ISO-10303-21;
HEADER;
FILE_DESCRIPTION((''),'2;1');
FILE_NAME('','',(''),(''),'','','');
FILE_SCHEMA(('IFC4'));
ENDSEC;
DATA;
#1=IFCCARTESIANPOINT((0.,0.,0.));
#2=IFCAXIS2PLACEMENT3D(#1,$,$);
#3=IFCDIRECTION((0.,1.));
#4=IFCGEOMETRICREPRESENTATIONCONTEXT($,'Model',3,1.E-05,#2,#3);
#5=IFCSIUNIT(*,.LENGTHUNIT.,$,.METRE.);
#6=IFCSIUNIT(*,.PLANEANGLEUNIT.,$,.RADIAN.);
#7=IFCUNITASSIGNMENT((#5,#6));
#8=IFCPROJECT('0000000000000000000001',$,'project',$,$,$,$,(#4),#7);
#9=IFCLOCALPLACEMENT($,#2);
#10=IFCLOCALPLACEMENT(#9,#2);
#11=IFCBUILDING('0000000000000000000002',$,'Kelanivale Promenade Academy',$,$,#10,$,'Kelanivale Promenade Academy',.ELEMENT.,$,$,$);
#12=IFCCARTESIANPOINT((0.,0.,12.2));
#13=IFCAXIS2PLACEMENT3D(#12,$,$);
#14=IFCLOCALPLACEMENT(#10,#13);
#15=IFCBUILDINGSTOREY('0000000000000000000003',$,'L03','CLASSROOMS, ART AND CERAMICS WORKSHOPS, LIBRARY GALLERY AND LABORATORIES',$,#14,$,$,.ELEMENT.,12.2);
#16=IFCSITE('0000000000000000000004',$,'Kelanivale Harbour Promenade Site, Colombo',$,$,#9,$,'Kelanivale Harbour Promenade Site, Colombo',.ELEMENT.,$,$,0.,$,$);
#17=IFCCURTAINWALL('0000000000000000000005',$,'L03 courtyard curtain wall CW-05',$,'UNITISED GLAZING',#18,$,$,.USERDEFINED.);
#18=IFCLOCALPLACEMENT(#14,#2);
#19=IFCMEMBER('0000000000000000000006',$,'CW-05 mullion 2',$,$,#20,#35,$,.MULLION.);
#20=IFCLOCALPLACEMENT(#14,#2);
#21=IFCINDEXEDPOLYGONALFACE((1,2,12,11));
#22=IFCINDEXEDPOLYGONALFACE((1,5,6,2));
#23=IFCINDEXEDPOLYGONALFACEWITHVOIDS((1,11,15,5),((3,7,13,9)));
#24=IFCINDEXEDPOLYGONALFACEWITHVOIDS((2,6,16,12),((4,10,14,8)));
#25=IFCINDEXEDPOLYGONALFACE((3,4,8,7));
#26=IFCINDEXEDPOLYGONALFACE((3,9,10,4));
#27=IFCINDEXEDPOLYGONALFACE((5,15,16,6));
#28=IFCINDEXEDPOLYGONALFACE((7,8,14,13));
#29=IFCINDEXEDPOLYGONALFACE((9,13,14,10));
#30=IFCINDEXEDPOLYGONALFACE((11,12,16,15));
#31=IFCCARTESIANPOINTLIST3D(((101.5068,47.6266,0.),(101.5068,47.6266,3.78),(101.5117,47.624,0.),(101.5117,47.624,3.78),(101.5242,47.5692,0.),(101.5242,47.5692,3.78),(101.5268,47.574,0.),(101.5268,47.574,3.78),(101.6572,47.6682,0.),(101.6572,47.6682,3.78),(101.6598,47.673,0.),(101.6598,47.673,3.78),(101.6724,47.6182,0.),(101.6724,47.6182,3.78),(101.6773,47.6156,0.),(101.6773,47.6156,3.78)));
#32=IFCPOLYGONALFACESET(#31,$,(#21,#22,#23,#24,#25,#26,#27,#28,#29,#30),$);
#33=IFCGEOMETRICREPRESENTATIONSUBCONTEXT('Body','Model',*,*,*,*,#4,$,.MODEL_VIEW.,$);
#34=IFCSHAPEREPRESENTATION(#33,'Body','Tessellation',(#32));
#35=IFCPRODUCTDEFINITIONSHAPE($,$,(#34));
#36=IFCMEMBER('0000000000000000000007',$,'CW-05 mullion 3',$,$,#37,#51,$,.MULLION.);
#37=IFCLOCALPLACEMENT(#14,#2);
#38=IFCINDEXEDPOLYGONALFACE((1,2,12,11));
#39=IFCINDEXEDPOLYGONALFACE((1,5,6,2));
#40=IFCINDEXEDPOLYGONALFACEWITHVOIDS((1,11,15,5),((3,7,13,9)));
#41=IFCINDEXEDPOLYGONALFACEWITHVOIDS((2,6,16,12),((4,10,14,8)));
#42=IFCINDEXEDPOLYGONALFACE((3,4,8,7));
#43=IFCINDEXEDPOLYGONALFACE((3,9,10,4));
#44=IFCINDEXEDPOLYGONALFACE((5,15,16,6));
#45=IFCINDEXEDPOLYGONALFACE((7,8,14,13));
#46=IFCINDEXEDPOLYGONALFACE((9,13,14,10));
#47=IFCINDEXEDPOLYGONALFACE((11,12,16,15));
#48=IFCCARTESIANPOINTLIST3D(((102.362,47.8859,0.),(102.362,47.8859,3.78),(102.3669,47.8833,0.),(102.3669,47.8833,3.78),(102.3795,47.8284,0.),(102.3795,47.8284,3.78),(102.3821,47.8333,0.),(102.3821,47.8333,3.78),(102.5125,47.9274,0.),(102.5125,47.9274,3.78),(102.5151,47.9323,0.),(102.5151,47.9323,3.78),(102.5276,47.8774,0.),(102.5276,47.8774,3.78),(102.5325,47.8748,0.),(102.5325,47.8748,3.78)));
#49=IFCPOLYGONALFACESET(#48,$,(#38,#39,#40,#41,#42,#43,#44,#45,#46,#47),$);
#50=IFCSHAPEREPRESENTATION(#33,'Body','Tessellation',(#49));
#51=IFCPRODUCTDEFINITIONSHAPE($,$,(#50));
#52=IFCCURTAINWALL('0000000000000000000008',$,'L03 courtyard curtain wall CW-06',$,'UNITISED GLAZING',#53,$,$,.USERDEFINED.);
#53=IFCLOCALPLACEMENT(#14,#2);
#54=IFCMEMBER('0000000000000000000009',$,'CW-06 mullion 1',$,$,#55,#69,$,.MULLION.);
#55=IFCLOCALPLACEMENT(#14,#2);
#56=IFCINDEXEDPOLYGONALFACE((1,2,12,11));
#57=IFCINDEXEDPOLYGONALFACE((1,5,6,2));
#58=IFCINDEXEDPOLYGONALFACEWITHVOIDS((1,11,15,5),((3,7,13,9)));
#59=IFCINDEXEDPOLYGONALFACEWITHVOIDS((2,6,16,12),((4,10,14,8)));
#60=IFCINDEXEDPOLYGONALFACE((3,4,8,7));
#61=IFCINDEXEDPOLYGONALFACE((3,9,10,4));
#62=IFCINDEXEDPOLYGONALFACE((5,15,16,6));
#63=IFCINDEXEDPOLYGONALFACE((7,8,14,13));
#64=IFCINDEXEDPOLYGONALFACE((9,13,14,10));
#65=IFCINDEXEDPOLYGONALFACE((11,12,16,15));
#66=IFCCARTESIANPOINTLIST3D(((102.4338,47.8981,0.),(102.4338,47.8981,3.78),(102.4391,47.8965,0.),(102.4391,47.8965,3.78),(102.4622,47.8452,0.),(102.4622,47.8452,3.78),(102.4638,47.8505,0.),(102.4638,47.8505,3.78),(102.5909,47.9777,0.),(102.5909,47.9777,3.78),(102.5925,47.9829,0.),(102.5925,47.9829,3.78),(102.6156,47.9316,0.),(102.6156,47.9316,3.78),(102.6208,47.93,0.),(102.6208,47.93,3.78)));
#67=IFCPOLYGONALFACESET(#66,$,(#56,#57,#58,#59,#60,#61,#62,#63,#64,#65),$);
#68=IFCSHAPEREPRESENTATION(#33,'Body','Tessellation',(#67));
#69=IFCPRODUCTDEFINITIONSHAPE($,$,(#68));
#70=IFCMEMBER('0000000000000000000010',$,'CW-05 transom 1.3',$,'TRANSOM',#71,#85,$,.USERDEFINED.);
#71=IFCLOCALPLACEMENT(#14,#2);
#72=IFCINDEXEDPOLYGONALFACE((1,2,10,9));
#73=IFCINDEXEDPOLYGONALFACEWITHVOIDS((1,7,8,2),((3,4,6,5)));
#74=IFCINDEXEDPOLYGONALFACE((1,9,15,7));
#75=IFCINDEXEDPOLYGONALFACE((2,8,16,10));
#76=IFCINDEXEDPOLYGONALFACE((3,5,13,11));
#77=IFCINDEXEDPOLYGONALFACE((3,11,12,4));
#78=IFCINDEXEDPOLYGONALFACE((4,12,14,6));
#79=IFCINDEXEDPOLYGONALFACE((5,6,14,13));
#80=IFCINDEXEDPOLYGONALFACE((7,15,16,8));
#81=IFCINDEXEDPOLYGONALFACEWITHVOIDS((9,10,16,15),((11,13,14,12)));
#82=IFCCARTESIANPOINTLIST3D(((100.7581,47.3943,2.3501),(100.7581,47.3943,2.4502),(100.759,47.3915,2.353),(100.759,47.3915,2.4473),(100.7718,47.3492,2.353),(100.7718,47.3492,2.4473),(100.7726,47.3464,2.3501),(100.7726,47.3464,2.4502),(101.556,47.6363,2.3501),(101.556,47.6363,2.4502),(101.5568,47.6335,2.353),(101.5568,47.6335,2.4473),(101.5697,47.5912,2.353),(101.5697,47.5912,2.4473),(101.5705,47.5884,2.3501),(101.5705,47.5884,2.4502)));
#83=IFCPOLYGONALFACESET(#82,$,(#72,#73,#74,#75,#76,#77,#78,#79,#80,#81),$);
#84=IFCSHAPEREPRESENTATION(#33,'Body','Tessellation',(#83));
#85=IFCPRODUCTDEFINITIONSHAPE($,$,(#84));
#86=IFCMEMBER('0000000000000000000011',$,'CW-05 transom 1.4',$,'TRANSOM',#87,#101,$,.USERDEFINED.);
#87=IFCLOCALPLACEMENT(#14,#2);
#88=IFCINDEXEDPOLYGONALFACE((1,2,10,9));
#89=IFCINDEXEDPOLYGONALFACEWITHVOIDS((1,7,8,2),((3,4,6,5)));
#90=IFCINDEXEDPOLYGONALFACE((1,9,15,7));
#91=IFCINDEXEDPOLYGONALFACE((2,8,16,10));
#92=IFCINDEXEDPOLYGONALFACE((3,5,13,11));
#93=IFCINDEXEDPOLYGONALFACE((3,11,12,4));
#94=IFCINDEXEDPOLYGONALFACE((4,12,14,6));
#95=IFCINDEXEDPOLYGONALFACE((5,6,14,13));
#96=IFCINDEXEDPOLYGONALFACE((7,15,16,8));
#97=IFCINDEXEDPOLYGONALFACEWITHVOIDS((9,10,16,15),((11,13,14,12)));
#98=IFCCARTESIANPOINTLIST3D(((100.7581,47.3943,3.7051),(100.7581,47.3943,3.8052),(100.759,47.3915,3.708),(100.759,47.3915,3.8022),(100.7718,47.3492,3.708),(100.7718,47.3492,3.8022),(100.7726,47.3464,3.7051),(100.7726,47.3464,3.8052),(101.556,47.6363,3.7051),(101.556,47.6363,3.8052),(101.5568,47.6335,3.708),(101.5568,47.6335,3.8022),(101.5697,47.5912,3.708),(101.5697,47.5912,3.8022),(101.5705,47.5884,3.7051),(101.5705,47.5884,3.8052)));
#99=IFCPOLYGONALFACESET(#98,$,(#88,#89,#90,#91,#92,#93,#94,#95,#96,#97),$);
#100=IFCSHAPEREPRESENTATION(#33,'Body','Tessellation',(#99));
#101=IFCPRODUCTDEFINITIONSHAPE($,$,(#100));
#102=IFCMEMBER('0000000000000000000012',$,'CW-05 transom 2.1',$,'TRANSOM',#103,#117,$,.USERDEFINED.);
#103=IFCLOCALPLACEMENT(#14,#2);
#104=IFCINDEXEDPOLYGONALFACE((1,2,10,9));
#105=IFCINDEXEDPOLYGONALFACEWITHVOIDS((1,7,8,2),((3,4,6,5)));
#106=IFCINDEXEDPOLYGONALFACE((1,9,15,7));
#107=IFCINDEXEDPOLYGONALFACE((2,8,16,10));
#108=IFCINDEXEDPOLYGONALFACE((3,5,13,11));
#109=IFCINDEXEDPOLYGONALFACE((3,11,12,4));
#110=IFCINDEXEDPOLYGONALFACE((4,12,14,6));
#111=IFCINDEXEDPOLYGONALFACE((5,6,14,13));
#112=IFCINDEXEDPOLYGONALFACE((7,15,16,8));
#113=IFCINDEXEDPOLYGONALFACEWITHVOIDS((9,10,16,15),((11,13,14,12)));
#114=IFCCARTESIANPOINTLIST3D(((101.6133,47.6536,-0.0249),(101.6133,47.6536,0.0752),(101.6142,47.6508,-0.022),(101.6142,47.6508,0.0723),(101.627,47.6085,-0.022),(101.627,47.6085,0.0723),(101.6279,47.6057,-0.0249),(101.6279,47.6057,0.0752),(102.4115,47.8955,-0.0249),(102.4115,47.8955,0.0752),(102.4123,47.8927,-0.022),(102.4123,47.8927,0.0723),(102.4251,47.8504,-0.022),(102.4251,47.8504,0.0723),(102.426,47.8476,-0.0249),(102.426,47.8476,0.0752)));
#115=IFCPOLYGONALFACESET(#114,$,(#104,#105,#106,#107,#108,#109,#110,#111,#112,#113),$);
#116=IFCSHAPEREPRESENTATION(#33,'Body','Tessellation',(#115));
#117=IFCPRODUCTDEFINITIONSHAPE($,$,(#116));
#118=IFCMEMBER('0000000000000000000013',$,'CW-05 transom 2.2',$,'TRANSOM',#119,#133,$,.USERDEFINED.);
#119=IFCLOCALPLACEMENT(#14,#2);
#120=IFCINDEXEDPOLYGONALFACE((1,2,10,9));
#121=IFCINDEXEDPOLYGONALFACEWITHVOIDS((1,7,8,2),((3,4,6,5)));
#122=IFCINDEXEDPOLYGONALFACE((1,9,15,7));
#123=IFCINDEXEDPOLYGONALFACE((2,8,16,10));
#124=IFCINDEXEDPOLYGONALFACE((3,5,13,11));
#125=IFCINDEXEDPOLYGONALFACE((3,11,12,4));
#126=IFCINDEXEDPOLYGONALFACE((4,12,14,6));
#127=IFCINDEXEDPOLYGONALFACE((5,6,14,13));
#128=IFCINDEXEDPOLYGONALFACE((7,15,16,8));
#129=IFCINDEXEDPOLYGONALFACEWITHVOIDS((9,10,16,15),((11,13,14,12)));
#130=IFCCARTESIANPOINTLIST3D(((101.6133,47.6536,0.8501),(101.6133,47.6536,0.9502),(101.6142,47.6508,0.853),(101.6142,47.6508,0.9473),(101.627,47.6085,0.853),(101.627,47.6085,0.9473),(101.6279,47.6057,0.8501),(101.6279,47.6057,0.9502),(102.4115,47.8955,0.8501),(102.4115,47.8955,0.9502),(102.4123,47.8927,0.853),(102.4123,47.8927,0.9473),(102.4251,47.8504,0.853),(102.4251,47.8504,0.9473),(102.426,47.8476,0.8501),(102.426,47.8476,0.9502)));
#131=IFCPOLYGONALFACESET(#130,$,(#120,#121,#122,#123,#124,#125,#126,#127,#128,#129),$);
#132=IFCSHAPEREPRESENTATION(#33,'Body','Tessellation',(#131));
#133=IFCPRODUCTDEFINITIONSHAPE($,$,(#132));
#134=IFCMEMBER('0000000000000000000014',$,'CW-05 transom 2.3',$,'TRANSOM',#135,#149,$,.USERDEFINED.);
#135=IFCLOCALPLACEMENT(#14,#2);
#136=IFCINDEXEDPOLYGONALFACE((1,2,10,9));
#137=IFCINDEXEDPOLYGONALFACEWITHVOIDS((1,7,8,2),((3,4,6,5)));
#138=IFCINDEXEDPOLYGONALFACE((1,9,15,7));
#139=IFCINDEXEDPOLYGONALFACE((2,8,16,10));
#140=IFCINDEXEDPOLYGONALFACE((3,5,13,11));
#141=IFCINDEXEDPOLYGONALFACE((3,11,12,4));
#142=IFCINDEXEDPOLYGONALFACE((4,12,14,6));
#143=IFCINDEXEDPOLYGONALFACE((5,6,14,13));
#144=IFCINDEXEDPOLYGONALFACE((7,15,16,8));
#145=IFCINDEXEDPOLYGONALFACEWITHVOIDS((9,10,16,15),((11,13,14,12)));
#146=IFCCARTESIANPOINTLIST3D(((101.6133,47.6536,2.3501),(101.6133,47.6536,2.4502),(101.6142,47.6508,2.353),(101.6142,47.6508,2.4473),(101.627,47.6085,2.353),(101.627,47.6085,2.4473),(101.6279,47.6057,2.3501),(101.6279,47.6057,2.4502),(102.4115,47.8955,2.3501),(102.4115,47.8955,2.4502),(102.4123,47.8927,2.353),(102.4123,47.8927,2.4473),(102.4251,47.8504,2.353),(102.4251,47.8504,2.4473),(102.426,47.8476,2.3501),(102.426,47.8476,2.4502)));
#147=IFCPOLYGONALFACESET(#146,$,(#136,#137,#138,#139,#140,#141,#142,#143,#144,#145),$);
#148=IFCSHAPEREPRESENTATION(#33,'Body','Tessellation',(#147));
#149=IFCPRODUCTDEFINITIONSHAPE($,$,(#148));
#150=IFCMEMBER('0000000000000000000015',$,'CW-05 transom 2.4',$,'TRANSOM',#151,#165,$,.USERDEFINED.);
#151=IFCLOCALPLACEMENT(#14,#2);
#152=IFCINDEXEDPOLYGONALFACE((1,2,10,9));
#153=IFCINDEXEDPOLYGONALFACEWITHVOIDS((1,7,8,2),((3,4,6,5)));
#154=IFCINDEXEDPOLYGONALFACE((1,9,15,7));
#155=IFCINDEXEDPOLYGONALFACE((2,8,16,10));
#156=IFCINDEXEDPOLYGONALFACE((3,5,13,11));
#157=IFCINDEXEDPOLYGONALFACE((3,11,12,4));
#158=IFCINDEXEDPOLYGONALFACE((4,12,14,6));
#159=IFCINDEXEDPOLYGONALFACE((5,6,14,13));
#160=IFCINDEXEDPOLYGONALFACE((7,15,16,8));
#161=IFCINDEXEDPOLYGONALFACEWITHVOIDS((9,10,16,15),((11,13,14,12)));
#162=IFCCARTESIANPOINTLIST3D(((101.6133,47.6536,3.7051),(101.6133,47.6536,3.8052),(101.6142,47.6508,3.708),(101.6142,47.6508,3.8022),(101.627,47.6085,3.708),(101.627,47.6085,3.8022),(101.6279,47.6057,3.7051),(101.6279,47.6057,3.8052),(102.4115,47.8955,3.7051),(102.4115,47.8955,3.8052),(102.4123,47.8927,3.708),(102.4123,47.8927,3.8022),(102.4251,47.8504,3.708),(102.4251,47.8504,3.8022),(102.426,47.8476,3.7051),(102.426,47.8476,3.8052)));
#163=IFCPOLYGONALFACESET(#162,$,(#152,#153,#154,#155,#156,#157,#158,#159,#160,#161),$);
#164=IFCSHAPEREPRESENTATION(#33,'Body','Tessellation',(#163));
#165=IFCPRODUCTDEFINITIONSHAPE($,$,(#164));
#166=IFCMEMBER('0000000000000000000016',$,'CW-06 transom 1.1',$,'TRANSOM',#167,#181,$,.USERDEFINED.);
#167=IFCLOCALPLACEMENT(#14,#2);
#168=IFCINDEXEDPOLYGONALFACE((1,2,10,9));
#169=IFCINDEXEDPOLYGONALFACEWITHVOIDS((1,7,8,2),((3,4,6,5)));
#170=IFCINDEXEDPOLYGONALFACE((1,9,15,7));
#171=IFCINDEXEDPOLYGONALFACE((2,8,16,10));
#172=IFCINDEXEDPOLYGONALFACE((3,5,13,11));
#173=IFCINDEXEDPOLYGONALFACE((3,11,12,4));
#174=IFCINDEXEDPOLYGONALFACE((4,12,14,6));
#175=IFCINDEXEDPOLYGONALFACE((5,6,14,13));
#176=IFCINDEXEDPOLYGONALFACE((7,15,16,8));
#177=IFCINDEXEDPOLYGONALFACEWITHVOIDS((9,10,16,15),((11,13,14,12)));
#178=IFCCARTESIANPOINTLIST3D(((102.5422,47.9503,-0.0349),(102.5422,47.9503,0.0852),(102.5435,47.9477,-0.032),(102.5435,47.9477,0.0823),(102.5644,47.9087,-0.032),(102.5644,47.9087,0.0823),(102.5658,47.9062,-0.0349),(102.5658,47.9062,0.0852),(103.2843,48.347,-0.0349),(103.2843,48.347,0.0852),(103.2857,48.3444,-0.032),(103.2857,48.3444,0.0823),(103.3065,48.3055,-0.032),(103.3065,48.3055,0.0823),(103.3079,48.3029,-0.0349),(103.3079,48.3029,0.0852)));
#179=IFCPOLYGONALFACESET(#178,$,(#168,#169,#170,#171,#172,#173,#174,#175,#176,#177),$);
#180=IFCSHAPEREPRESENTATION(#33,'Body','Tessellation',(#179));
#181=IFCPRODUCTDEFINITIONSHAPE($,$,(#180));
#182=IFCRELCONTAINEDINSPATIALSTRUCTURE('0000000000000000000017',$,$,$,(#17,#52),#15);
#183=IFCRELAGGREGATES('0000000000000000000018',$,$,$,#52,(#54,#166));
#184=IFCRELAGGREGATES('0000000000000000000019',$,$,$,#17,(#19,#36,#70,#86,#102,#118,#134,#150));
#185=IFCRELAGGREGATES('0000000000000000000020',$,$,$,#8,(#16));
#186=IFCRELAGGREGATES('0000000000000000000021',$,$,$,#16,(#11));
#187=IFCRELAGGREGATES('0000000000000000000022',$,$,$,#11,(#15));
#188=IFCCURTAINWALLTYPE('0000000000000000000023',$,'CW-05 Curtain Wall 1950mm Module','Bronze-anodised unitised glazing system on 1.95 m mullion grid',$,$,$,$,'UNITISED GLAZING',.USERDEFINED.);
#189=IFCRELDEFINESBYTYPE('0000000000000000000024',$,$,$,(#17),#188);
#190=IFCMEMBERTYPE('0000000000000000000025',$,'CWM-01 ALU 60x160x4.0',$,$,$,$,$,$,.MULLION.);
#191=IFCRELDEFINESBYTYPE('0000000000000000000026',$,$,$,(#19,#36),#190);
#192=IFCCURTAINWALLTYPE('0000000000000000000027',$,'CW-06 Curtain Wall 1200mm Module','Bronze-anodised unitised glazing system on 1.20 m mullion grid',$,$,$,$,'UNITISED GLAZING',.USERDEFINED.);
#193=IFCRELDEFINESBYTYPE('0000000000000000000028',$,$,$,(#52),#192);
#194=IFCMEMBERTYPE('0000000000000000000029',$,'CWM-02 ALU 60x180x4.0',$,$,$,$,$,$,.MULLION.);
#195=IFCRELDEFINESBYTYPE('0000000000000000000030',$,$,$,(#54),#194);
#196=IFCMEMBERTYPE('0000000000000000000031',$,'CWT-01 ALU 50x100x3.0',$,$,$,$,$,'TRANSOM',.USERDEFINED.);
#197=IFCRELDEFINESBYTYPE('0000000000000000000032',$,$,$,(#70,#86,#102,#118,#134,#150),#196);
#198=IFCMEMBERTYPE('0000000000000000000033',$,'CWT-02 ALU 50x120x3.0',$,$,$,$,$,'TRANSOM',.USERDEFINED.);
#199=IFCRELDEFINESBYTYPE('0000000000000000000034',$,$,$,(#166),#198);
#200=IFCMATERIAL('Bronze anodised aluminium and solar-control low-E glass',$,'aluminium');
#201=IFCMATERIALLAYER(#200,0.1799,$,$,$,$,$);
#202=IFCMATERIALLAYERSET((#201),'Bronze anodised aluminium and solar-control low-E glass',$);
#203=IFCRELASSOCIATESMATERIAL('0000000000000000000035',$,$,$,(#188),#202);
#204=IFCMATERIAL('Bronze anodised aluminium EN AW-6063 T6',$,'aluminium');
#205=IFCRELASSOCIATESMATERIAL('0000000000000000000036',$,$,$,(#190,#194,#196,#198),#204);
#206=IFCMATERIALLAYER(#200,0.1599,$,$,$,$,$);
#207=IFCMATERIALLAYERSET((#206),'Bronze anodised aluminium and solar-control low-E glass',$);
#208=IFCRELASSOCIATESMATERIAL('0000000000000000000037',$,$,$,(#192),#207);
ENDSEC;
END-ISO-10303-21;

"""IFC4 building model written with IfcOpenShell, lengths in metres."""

from ifc_helpers import new_model, si_unit, direction, frame, origin, origin_2d, place, context, subcontext, project, spatial, hollow_rectangle, extrude, material, layer, layer_set, material_profile, profile_set, type_object, element, aggregate, save


model = new_model("IFC4")

# Units and contexts
model_context = context("Model", 3, precision=1e-05, world=origin(), true_north=direction((0.0, 1.0)))
body_context = subcontext(model_context, "Body", "Model", "MODEL_VIEW")
ifc_project = project(units=[si_unit("LENGTHUNIT", "METRE"), si_unit("PLANEANGLEUNIT", "RADIAN")], contexts=[model_context])

# Site, building, storey
site_placement = place(None, origin())
site = spatial("IfcSite", under=ifc_project, at=site_placement, Name="Kelanivale Harbour Promenade Site, Colombo", LongName="Kelanivale Harbour Promenade Site, Colombo", CompositionType="ELEMENT", RefElevation=0.0)
building_placement = place(site_placement, origin())
building = spatial("IfcBuilding", under=site, at=building_placement, Name="Kelanivale Promenade Academy", LongName="Kelanivale Promenade Academy", CompositionType="ELEMENT")
storey_placement = place(building_placement, frame((0.0, 0.0, 12.2)))
storey = spatial("IfcBuildingStorey", under=building, at=storey_placement, Name="L03", Description="CLASSROOMS, ART AND CERAMICS WORKSHOPS, LIBRARY GALLERY AND LABORATORIES", CompositionType="ELEMENT", Elevation=12.2)

# Curtain wall, members
ifc_material_1 = material(Name="Bronze anodised aluminium and solar-control low-E glass", Category="aluminium")
ifc_layer_1 = layer(ifc_material_1, 0.1799)
ifc_layer_set_1 = layer_set([ifc_layer_1], Name="Bronze anodised aluminium and solar-control low-E glass")
curtain_wall_type_1 = type_object("IfcCurtainWallType", Name="CW-05 Curtain Wall 1950mm Module", Description="Bronze-anodised unitised glazing system on 1.95 m mullion grid", ElementType="UNITISED GLAZING", PredefinedType="USERDEFINED", material=ifc_layer_set_1)
curtain_wall_1_placement = place(storey_placement, origin())
curtain_wall_1 = element("IfcCurtainWall", 1, at=curtain_wall_1_placement, inside=storey, type_object=curtain_wall_type_1, Name="L03 courtyard curtain wall CW-05", ObjectType="UNITISED GLAZING", PredefinedType="USERDEFINED")
ifc_material_2 = material(Name="Bronze anodised aluminium EN AW-6063 T6", Category="aluminium")
ifc_material_profile_1 = material_profile(ifc_material_2, hollow_rectangle(XDim=0.0601, YDim=0.1599, WallThickness=0.0039, at=origin_2d()), Name="ALU 60x160x4.0")
ifc_profile_set_1 = profile_set([ifc_material_profile_1], Name="Bronze anodised aluminium EN AW-6063 T6")
member_type_1 = type_object("IfcMemberType", Name="CWM-01 ALU 60x160x4.0", PredefinedType="MULLION", material=ifc_profile_set_1)
member_1_placement = place(storey_placement, frame((101.592, 47.6211, 0.0), z_axis=(0.0, 0.0, 1.0), x_axis=(-0.290128, 0.956988, 0.0)))
member_1 = element("IfcMember", 2, at=member_1_placement, type_object=member_type_1, Name="CW-05 mullion 2", PredefinedType="MULLION", context=body_context, shape_type="SweptSolid", body=[
    extrude(hollow_rectangle(XDim=0.0601, YDim=0.1599, WallThickness=0.0039, at=origin_2d()), origin(), (0.0, 0.0, 1.0), 3.78),
])
member_2_placement = place(storey_placement, frame((102.4473, 47.8804, 0.0), z_axis=(0.0, 0.0, 1.0), x_axis=(-0.290128, 0.956988, 0.0)))
member_2 = element("IfcMember", 3, at=member_2_placement, type_object=member_type_1, Name="CW-05 mullion 3", PredefinedType="MULLION", context=body_context, shape_type="SweptSolid", body=[
    extrude(hollow_rectangle(XDim=0.0601, YDim=0.1599, WallThickness=0.0039, at=origin_2d()), origin(), (0.0, 0.0, 1.0), 3.78),
])

# Curtain wall, member
ifc_layer_2 = layer(ifc_material_1, 0.1599)
ifc_layer_set_2 = layer_set([ifc_layer_2], Name="Bronze anodised aluminium and solar-control low-E glass")
curtain_wall_type_2 = type_object("IfcCurtainWallType", Name="CW-06 Curtain Wall 1200mm Module", Description="Bronze-anodised unitised glazing system on 1.20 m mullion grid", ElementType="UNITISED GLAZING", PredefinedType="USERDEFINED", material=ifc_layer_set_2)
curtain_wall_2_placement = place(storey_placement, origin())
curtain_wall_2 = element("IfcCurtainWall", 4, at=curtain_wall_2_placement, inside=storey, type_object=curtain_wall_type_2, Name="L03 courtyard curtain wall CW-06", ObjectType="UNITISED GLAZING", PredefinedType="USERDEFINED")
ifc_material_profile_2 = material_profile(ifc_material_2, hollow_rectangle(XDim=0.0601, YDim=0.1799, WallThickness=0.0039, at=origin_2d()), Name="ALU 60x180x4.0")
ifc_profile_set_2 = profile_set([ifc_material_profile_2], Name="Bronze anodised aluminium EN AW-6063 T6")
member_type_2 = type_object("IfcMemberType", Name="CWM-02 ALU 60x180x4.0", PredefinedType="MULLION", material=ifc_profile_set_2)
member_3_placement = place(storey_placement, frame((102.5273, 47.9141, 0.0), z_axis=(0.0, 0.0, 1.0), x_axis=(-0.471312, 0.881966, 0.0)))
member_3 = element("IfcMember", 5, at=member_3_placement, type_object=member_type_2, Name="CW-06 mullion 1", PredefinedType="MULLION", context=body_context, shape_type="SweptSolid", body=[
    extrude(hollow_rectangle(XDim=0.0601, YDim=0.1799, WallThickness=0.0039, at=origin_2d()), origin(), (0.0, 0.0, 1.0), 3.78),
])

# Members
ifc_material_profile_3 = material_profile(ifc_material_2, hollow_rectangle(XDim=0.05, YDim=0.1001, WallThickness=0.0029, at=origin_2d()), Name="ALU 50x100x3.0")
ifc_profile_set_3 = profile_set([ifc_material_profile_3], Name="Bronze anodised aluminium EN AW-6063 T6")
member_type_3 = type_object("IfcMemberType", Name="CWT-01 ALU 50x100x3.0", ElementType="TRANSOM", PredefinedType="USERDEFINED", material=ifc_profile_set_3)
member_4_placement = place(storey_placement, frame((100.7654, 47.3704, 2.4001), z_axis=(0.956968, 0.290194, 0.0), x_axis=(-0.290194, 0.956968, 0.0)))
member_4 = element("IfcMember", 6, at=member_4_placement, type_object=member_type_3, Name="CW-05 transom 1.3", ObjectType="TRANSOM", PredefinedType="USERDEFINED", context=body_context, shape_type="SweptSolid", body=[
    extrude(hollow_rectangle(XDim=0.05, YDim=0.1001, WallThickness=0.0029, at=origin_2d()), origin(), (0.0, 0.0, 1.0), 0.8337),
])
member_5_placement = place(storey_placement, frame((100.7654, 47.3704, 3.7551), z_axis=(0.956968, 0.290194, 0.0), x_axis=(-0.290194, 0.956968, 0.0)))
member_5 = element("IfcMember", 7, at=member_5_placement, type_object=member_type_3, Name="CW-05 transom 1.4", ObjectType="TRANSOM", PredefinedType="USERDEFINED", context=body_context, shape_type="SweptSolid", body=[
    extrude(hollow_rectangle(XDim=0.05, YDim=0.1001, WallThickness=0.0029, at=origin_2d()), origin(), (0.0, 0.0, 1.0), 0.8337),
])
member_6_placement = place(storey_placement, frame((101.6206, 47.6296, 0.0251), z_axis=(0.956992, 0.290113, 0.0), x_axis=(-0.290113, 0.956992, 0.0)))
member_6 = element("IfcMember", 8, at=member_6_placement, type_object=member_type_3, Name="CW-05 transom 2.1", ObjectType="TRANSOM", PredefinedType="USERDEFINED", context=body_context, shape_type="SweptSolid", body=[
    extrude(hollow_rectangle(XDim=0.05, YDim=0.1001, WallThickness=0.0029, at=origin_2d()), origin(), (0.0, 0.0, 1.0), 0.834),
])
member_7_placement = place(storey_placement, frame((101.6206, 47.6296, 0.9001), z_axis=(0.956992, 0.290113, 0.0), x_axis=(-0.290113, 0.956992, 0.0)))
member_7 = element("IfcMember", 9, at=member_7_placement, type_object=member_type_3, Name="CW-05 transom 2.2", ObjectType="TRANSOM", PredefinedType="USERDEFINED", context=body_context, shape_type="SweptSolid", body=[
    extrude(hollow_rectangle(XDim=0.05, YDim=0.1001, WallThickness=0.0029, at=origin_2d()), origin(), (0.0, 0.0, 1.0), 0.834),
])
member_8_placement = place(storey_placement, frame((101.6206, 47.6296, 2.4001), z_axis=(0.956992, 0.290113, 0.0), x_axis=(-0.290113, 0.956992, 0.0)))
member_8 = element("IfcMember", 10, at=member_8_placement, type_object=member_type_3, Name="CW-05 transom 2.3", ObjectType="TRANSOM", PredefinedType="USERDEFINED", context=body_context, shape_type="SweptSolid", body=[
    extrude(hollow_rectangle(XDim=0.05, YDim=0.1001, WallThickness=0.0029, at=origin_2d()), origin(), (0.0, 0.0, 1.0), 0.834),
])
member_9_placement = place(storey_placement, frame((101.6206, 47.6296, 3.7551), z_axis=(0.956992, 0.290113, 0.0), x_axis=(-0.290113, 0.956992, 0.0)))
member_9 = element("IfcMember", 11, at=member_9_placement, type_object=member_type_3, Name="CW-05 transom 2.4", ObjectType="TRANSOM", PredefinedType="USERDEFINED", context=body_context, shape_type="SweptSolid", body=[
    extrude(hollow_rectangle(XDim=0.05, YDim=0.1001, WallThickness=0.0029, at=origin_2d()), origin(), (0.0, 0.0, 1.0), 0.834),
])
ifc_material_profile_4 = material_profile(ifc_material_2, hollow_rectangle(XDim=0.05, YDim=0.1201, WallThickness=0.0029, at=origin_2d()), Name="ALU 50x120x3.0")
ifc_profile_set_4 = profile_set([ifc_material_profile_4], Name="Bronze anodised aluminium EN AW-6063 T6")
member_type_4 = type_object("IfcMemberType", Name="CWT-02 ALU 50x120x3.0", ElementType="TRANSOM", PredefinedType="USERDEFINED", material=ifc_profile_set_4)
member_10_placement = place(storey_placement, frame((102.554, 47.9282, 0.0251), z_axis=(0.881911, 0.471416, 0.0), x_axis=(-0.471416, 0.881911, 0.0)))
member_10 = element("IfcMember", 12, at=member_10_placement, type_object=member_type_4, Name="CW-06 transom 1.1", ObjectType="TRANSOM", PredefinedType="USERDEFINED", context=body_context, shape_type="SweptSolid", body=[
    extrude(hollow_rectangle(XDim=0.05, YDim=0.1201, WallThickness=0.0029, at=origin_2d()), origin(), (0.0, 0.0, 1.0), 0.8416),
])
aggregate(curtain_wall_2, [member_3, member_10])

aggregate(curtain_wall_1, [member_1, member_2, member_4, member_5, member_6, member_7, member_8, member_9])

save(model, "model.ifc")
